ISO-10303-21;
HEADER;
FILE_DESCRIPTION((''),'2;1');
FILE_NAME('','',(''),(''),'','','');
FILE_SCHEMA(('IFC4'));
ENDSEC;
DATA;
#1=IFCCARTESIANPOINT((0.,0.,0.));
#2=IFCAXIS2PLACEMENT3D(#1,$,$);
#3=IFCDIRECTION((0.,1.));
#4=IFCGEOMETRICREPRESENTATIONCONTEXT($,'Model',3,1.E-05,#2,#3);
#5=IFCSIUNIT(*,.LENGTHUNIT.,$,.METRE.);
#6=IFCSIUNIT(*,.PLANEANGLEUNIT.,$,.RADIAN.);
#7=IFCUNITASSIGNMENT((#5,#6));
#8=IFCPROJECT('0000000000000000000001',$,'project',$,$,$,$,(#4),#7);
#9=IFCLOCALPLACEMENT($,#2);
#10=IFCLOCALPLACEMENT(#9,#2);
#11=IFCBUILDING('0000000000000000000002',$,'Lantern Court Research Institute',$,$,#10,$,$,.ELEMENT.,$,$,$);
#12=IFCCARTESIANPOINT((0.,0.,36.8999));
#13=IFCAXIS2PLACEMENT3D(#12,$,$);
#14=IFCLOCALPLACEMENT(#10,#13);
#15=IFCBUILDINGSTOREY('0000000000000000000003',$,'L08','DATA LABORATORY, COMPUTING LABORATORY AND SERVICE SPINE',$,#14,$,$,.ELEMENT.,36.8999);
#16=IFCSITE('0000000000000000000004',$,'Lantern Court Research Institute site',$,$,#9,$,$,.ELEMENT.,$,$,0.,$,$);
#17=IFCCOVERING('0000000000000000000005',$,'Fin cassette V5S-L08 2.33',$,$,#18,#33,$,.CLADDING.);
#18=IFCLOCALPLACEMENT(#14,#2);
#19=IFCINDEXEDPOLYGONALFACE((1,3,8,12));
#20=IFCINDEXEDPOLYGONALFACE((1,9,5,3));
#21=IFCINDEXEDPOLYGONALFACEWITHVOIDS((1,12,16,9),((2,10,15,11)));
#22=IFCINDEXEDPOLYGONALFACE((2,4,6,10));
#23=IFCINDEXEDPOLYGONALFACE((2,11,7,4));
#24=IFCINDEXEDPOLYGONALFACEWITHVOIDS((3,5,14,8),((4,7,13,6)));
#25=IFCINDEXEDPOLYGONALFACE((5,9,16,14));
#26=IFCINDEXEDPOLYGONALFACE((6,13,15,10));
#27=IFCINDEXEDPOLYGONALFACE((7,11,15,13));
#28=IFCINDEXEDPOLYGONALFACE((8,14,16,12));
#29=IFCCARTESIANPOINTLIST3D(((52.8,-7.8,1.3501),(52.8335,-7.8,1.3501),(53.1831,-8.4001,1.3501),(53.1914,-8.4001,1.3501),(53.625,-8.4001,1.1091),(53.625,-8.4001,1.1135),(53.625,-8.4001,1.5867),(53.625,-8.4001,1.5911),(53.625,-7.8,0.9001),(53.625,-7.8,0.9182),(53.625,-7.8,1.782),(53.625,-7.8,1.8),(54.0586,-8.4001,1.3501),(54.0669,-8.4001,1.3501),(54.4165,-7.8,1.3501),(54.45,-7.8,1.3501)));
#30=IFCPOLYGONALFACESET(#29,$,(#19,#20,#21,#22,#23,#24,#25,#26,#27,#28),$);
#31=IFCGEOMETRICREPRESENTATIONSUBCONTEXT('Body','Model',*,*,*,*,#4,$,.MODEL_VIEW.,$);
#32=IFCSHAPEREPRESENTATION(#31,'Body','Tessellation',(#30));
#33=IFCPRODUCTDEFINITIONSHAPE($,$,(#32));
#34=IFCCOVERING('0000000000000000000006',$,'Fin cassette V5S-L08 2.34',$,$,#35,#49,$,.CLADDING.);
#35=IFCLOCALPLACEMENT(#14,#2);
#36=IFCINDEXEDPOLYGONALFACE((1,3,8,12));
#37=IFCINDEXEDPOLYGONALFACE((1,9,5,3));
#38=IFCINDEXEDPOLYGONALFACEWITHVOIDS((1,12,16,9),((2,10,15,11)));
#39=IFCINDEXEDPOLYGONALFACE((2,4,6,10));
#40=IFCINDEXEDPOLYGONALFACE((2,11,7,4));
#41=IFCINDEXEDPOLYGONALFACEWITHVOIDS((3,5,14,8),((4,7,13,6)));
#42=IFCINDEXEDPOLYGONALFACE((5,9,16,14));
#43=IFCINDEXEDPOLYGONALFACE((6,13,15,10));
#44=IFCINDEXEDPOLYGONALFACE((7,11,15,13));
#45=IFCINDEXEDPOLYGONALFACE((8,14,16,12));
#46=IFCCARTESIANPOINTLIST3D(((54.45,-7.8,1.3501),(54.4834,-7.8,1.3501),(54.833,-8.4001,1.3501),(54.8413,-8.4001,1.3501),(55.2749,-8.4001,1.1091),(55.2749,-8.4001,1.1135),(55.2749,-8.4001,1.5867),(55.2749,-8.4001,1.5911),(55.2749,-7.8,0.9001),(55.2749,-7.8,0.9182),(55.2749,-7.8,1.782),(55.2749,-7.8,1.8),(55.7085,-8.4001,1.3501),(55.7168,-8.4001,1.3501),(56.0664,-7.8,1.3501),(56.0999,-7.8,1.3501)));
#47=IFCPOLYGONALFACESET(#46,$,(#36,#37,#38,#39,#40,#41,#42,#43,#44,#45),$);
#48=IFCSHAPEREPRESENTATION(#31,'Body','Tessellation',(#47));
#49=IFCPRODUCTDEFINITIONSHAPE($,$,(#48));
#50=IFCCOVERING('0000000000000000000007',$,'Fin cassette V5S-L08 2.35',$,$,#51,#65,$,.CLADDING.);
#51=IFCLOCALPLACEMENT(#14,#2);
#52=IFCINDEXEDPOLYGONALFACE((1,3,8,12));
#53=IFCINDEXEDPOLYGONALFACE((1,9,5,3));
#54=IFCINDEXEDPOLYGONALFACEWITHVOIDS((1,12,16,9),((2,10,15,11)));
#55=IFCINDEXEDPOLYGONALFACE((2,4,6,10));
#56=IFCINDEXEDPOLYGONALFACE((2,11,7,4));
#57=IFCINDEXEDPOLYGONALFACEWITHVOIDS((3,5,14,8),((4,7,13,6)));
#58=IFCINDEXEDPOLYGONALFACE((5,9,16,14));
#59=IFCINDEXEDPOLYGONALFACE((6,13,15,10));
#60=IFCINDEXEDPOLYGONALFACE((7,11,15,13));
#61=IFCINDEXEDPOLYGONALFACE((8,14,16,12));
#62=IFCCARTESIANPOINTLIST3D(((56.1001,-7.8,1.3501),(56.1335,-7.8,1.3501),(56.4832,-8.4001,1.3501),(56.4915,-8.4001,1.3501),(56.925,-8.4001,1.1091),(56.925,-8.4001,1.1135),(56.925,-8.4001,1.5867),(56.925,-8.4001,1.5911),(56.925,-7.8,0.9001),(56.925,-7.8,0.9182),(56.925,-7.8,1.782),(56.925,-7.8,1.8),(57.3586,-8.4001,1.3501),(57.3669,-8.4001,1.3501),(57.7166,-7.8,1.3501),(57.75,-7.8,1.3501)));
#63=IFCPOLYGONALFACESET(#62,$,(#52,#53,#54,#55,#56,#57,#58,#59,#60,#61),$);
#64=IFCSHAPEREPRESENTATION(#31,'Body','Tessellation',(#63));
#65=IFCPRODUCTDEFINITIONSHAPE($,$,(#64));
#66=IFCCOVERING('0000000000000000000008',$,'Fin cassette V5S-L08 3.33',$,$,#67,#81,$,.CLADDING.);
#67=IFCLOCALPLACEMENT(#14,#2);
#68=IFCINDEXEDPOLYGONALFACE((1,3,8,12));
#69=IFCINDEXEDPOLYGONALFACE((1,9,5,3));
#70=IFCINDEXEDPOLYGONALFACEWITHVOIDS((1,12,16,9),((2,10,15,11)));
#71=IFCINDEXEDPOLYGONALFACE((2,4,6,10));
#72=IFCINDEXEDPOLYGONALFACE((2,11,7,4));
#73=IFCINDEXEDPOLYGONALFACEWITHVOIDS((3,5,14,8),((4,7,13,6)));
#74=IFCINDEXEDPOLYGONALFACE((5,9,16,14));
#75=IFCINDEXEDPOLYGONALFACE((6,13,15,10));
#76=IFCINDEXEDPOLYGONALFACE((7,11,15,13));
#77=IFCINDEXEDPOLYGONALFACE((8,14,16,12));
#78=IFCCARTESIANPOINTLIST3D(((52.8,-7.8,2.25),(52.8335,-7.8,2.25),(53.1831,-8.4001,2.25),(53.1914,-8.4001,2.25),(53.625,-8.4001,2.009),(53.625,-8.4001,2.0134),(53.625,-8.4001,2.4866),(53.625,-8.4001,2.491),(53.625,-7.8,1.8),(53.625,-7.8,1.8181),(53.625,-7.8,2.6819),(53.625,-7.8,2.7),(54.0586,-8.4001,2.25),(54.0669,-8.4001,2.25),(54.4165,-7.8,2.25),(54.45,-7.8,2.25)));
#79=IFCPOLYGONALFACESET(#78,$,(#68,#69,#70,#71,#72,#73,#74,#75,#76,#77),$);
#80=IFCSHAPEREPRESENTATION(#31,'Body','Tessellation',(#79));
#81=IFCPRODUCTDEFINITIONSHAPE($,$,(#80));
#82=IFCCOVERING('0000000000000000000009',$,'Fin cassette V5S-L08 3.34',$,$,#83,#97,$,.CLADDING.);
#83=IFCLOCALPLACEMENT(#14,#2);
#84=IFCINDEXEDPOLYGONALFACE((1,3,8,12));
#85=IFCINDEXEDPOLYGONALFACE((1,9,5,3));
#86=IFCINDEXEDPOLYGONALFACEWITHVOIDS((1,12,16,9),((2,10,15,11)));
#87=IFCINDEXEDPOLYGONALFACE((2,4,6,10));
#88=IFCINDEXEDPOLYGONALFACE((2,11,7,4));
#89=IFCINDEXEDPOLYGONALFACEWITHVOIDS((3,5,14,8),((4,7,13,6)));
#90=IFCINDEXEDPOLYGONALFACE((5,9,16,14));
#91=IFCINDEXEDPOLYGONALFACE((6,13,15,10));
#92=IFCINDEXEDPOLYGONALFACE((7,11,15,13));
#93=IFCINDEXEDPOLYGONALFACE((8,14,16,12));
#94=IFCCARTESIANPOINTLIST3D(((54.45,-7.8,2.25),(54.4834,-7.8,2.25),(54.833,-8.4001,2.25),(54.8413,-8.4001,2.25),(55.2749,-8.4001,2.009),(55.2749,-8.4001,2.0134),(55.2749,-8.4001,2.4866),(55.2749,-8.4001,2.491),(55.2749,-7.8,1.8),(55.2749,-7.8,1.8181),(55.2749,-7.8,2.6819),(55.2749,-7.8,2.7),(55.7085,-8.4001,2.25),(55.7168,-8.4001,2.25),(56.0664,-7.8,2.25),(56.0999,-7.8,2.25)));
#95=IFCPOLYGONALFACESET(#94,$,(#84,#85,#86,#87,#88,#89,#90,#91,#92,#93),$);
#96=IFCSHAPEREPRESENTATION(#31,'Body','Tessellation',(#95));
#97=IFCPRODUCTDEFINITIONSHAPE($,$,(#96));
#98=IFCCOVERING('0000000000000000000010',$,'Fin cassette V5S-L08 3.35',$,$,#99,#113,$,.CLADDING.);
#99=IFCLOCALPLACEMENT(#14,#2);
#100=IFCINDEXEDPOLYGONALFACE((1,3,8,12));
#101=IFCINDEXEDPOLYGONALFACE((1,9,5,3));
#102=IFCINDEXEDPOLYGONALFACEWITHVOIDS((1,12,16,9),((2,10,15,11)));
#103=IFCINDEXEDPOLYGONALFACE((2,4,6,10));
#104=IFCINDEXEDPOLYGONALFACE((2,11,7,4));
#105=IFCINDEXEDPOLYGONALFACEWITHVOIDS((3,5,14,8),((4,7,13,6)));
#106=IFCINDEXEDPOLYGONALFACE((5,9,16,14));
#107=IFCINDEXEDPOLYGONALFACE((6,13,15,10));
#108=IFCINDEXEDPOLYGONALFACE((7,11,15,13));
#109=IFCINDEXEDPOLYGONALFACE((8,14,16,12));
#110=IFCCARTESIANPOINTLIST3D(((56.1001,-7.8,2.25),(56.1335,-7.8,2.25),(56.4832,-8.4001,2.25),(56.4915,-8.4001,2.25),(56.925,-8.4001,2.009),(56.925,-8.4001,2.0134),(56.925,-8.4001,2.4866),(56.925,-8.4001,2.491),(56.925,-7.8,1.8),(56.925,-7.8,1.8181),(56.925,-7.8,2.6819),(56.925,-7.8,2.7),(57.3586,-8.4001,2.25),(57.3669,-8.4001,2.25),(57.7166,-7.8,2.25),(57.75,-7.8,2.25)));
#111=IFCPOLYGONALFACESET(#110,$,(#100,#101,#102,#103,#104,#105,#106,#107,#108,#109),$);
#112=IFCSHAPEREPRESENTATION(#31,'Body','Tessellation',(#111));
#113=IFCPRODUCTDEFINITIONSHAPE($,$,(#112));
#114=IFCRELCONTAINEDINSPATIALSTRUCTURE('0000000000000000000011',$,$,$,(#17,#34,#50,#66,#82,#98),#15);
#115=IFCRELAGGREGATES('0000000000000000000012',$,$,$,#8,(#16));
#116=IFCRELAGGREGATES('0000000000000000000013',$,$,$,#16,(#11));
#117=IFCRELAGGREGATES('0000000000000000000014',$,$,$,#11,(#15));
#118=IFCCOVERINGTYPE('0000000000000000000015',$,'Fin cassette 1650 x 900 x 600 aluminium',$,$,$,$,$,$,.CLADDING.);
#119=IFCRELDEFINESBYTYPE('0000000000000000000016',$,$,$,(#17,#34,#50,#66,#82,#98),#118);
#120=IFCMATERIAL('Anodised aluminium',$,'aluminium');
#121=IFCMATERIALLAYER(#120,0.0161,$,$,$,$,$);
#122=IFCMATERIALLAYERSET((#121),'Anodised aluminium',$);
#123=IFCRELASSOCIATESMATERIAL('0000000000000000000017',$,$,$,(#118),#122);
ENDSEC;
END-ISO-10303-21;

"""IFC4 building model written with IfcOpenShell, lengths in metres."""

from ifc_helpers import new_model, entity, si_unit, direction, frame, origin, place, context, subcontext, project, spatial, material, layer, layer_set, type_object, element, save


model = new_model("IFC4")

# Units and contexts
model_context = context("Model", 3, precision=1e-05, world=origin(), true_north=direction((0.0, 1.0)))
body_context = subcontext(model_context, "Body", "Model", "MODEL_VIEW")
ifc_project = project(units=[si_unit("LENGTHUNIT", "METRE"), si_unit("PLANEANGLEUNIT", "RADIAN")], contexts=[model_context])

# Site, building, storey
site_placement = place(None, origin())
site = spatial("IfcSite", under=ifc_project, at=site_placement, Name="Lantern Court Research Institute site", CompositionType="ELEMENT", RefElevation=0.0)
building_placement = place(site_placement, origin())
building = spatial("IfcBuilding", under=site, at=building_placement, Name="Lantern Court Research Institute", CompositionType="ELEMENT")
storey_placement = place(building_placement, frame((0.0, 0.0, 36.8999)))
storey = spatial("IfcBuildingStorey", under=building, at=storey_placement, Name="L08", Description="DATA LABORATORY, COMPUTING LABORATORY AND SERVICE SPINE", CompositionType="ELEMENT", Elevation=36.8999)

# Coverings
ifc_material_1 = material(Name="Anodised aluminium", Category="aluminium")
ifc_layer_1 = layer(ifc_material_1, 0.0161)
ifc_layer_set_1 = layer_set([ifc_layer_1], Name="Anodised aluminium")
covering_type = type_object("IfcCoveringType", Name="Fin cassette 1650 x 900 x 600 aluminium", PredefinedType="CLADDING", material=ifc_layer_set_1)
covering_1_placement = place(storey_placement, frame((53.625, -7.8, 1.3501), z_axis=(0.0, -1.0, 0.0), x_axis=(1.0, 0.0, 0.0)))
cartesian_point_1 = entity("IfcCartesianPoint", [0.825, 0.0])
cartesian_point_2 = entity("IfcCartesianPoint", [0.7915, 0.0])
cartesian_point_3 = entity("IfcCartesianPoint", [0.4419, 0.0])
cartesian_point_4 = entity("IfcCartesianPoint", [0.4336, 0.0])
element("IfcCovering", 1, at=covering_1_placement, inside=storey, type_object=covering_type, Name="Fin cassette V5S-L08 2.33", PredefinedType="CLADDING", context=body_context, shape_type="SweptSolid", body=[
    entity("IfcExtrudedAreaSolidTapered", entity("IfcArbitraryProfileDefWithVoids", "AREA", None, entity("IfcPolyline", [cartesian_point_1, entity("IfcCartesianPoint", [0.0, 0.45]), entity("IfcCartesianPoint", [-0.825, 0.0]), entity("IfcCartesianPoint", [0.0, -0.45]), cartesian_point_1]), [entity("IfcPolyline", [cartesian_point_2, entity("IfcCartesianPoint", [0.0, 0.4319]), entity("IfcCartesianPoint", [-0.7915, 0.0]), entity("IfcCartesianPoint", [0.0, -0.4319]), cartesian_point_2])]), entity("IfcAxis2Placement3D", entity("IfcCartesianPoint", [0.0, 0.0, 0.0])), entity("IfcDirection", [0.0, 0.0, 1.0]), 0.6001, entity("IfcArbitraryProfileDefWithVoids", "AREA", None, entity("IfcPolyline", [cartesian_point_3, entity("IfcCartesianPoint", [0.0, 0.241]), entity("IfcCartesianPoint", [-0.4419, 0.0]), entity("IfcCartesianPoint", [0.0, -0.241]), cartesian_point_3]), [entity("IfcPolyline", [cartesian_point_4, entity("IfcCartesianPoint", [0.0, 0.2366]), entity("IfcCartesianPoint", [-0.4336, 0.0]), entity("IfcCartesianPoint", [0.0, -0.2366]), cartesian_point_4])])),
])
covering_2_placement = place(storey_placement, frame((55.2749, -7.8, 1.3501), z_axis=(0.0, -1.0, 0.0), x_axis=(1.0, 0.0, 0.0)))
cartesian_point_5 = entity("IfcCartesianPoint", [0.825, 0.0])
cartesian_point_6 = entity("IfcCartesianPoint", [0.7915, 0.0])
cartesian_point_7 = entity("IfcCartesianPoint", [0.4419, 0.0])
cartesian_point_8 = entity("IfcCartesianPoint", [0.4336, 0.0])
element("IfcCovering", 2, at=covering_2_placement, inside=storey, type_object=covering_type, Name="Fin cassette V5S-L08 2.34", PredefinedType="CLADDING", context=body_context, shape_type="SweptSolid", body=[
    entity("IfcExtrudedAreaSolidTapered", entity("IfcArbitraryProfileDefWithVoids", "AREA", None, entity("IfcPolyline", [cartesian_point_5, entity("IfcCartesianPoint", [0.0, 0.45]), entity("IfcCartesianPoint", [-0.825, 0.0]), entity("IfcCartesianPoint", [0.0, -0.45]), cartesian_point_5]), [entity("IfcPolyline", [cartesian_point_6, entity("IfcCartesianPoint", [0.0, 0.4319]), entity("IfcCartesianPoint", [-0.7915, 0.0]), entity("IfcCartesianPoint", [0.0, -0.4319]), cartesian_point_6])]), entity("IfcAxis2Placement3D", entity("IfcCartesianPoint", [0.0, 0.0, 0.0])), entity("IfcDirection", [0.0, 0.0, 1.0]), 0.6001, entity("IfcArbitraryProfileDefWithVoids", "AREA", None, entity("IfcPolyline", [cartesian_point_7, entity("IfcCartesianPoint", [0.0, 0.241]), entity("IfcCartesianPoint", [-0.4419, 0.0]), entity("IfcCartesianPoint", [0.0, -0.241]), cartesian_point_7]), [entity("IfcPolyline", [cartesian_point_8, entity("IfcCartesianPoint", [0.0, 0.2366]), entity("IfcCartesianPoint", [-0.4336, 0.0]), entity("IfcCartesianPoint", [0.0, -0.2366]), cartesian_point_8])])),
])
covering_3_placement = place(storey_placement, frame((56.925, -7.8, 1.3501), z_axis=(0.0, -1.0, 0.0), x_axis=(1.0, 0.0, 0.0)))
cartesian_point_9 = entity("IfcCartesianPoint", [0.825, 0.0])
cartesian_point_10 = entity("IfcCartesianPoint", [0.7915, 0.0])
cartesian_point_11 = entity("IfcCartesianPoint", [0.4419, 0.0])
cartesian_point_12 = entity("IfcCartesianPoint", [0.4336, 0.0])
element("IfcCovering", 3, at=covering_3_placement, inside=storey, type_object=covering_type, Name="Fin cassette V5S-L08 2.35", PredefinedType="CLADDING", context=body_context, shape_type="SweptSolid", body=[
    entity("IfcExtrudedAreaSolidTapered", entity("IfcArbitraryProfileDefWithVoids", "AREA", None, entity("IfcPolyline", [cartesian_point_9, entity("IfcCartesianPoint", [0.0, 0.45]), entity("IfcCartesianPoint", [-0.825, 0.0]), entity("IfcCartesianPoint", [0.0, -0.45]), cartesian_point_9]), [entity("IfcPolyline", [cartesian_point_10, entity("IfcCartesianPoint", [0.0, 0.4319]), entity("IfcCartesianPoint", [-0.7915, 0.0]), entity("IfcCartesianPoint", [0.0, -0.4319]), cartesian_point_10])]), entity("IfcAxis2Placement3D", entity("IfcCartesianPoint", [0.0, 0.0, 0.0])), entity("IfcDirection", [0.0, 0.0, 1.0]), 0.6001, entity("IfcArbitraryProfileDefWithVoids", "AREA", None, entity("IfcPolyline", [cartesian_point_11, entity("IfcCartesianPoint", [0.0, 0.241]), entity("IfcCartesianPoint", [-0.4419, 0.0]), entity("IfcCartesianPoint", [0.0, -0.241]), cartesian_point_11]), [entity("IfcPolyline", [cartesian_point_12, entity("IfcCartesianPoint", [0.0, 0.2366]), entity("IfcCartesianPoint", [-0.4336, 0.0]), entity("IfcCartesianPoint", [0.0, -0.2366]), cartesian_point_12])])),
])
covering_4_placement = place(storey_placement, frame((53.625, -7.8, 2.25), z_axis=(0.0, -1.0, 0.0), x_axis=(1.0, 0.0, 0.0)))
cartesian_point_13 = entity("IfcCartesianPoint", [0.825, 0.0])
cartesian_point_14 = entity("IfcCartesianPoint", [0.7915, 0.0])
cartesian_point_15 = entity("IfcCartesianPoint", [0.4419, 0.0])
cartesian_point_16 = entity("IfcCartesianPoint", [0.4336, 0.0])
element("IfcCovering", 4, at=covering_4_placement, inside=storey, type_object=covering_type, Name="Fin cassette V5S-L08 3.33", PredefinedType="CLADDING", context=body_context, shape_type="SweptSolid", body=[
    entity("IfcExtrudedAreaSolidTapered", entity("IfcArbitraryProfileDefWithVoids", "AREA", None, entity("IfcPolyline", [cartesian_point_13, entity("IfcCartesianPoint", [0.0, 0.45]), entity("IfcCartesianPoint", [-0.825, 0.0]), entity("IfcCartesianPoint", [0.0, -0.45]), cartesian_point_13]), [entity("IfcPolyline", [cartesian_point_14, entity("IfcCartesianPoint", [0.0, 0.4319]), entity("IfcCartesianPoint", [-0.7915, 0.0]), entity("IfcCartesianPoint", [0.0, -0.4319]), cartesian_point_14])]), entity("IfcAxis2Placement3D", entity("IfcCartesianPoint", [0.0, 0.0, 0.0])), entity("IfcDirection", [0.0, 0.0, 1.0]), 0.6001, entity("IfcArbitraryProfileDefWithVoids", "AREA", None, entity("IfcPolyline", [cartesian_point_15, entity("IfcCartesianPoint", [0.0, 0.241]), entity("IfcCartesianPoint", [-0.4419, 0.0]), entity("IfcCartesianPoint", [0.0, -0.241]), cartesian_point_15]), [entity("IfcPolyline", [cartesian_point_16, entity("IfcCartesianPoint", [0.0, 0.2366]), entity("IfcCartesianPoint", [-0.4336, 0.0]), entity("IfcCartesianPoint", [0.0, -0.2366]), cartesian_point_16])])),
])
covering_5_placement = place(storey_placement, frame((55.2749, -7.8, 2.25), z_axis=(0.0, -1.0, 0.0), x_axis=(1.0, 0.0, 0.0)))
cartesian_point_17 = entity("IfcCartesianPoint", [0.825, 0.0])
cartesian_point_18 = entity("IfcCartesianPoint", [0.7915, 0.0])
cartesian_point_19 = entity("IfcCartesianPoint", [0.4419, 0.0])
cartesian_point_20 = entity("IfcCartesianPoint", [0.4336, 0.0])
element("IfcCovering", 5, at=covering_5_placement, inside=storey, type_object=covering_type, Name="Fin cassette V5S-L08 3.34", PredefinedType="CLADDING", context=body_context, shape_type="SweptSolid", body=[
    entity("IfcExtrudedAreaSolidTapered", entity("IfcArbitraryProfileDefWithVoids", "AREA", None, entity("IfcPolyline", [cartesian_point_17, entity("IfcCartesianPoint", [0.0, 0.45]), entity("IfcCartesianPoint", [-0.825, 0.0]), entity("IfcCartesianPoint", [0.0, -0.45]), cartesian_point_17]), [entity("IfcPolyline", [cartesian_point_18, entity("IfcCartesianPoint", [0.0, 0.4319]), entity("IfcCartesianPoint", [-0.7915, 0.0]), entity("IfcCartesianPoint", [0.0, -0.4319]), cartesian_point_18])]), entity("IfcAxis2Placement3D", entity("IfcCartesianPoint", [0.0, 0.0, 0.0])), entity("IfcDirection", [0.0, 0.0, 1.0]), 0.6001, entity("IfcArbitraryProfileDefWithVoids", "AREA", None, entity("IfcPolyline", [cartesian_point_19, entity("IfcCartesianPoint", [0.0, 0.241]), entity("IfcCartesianPoint", [-0.4419, 0.0]), entity("IfcCartesianPoint", [0.0, -0.241]), cartesian_point_19]), [entity("IfcPolyline", [cartesian_point_20, entity("IfcCartesianPoint", [0.0, 0.2366]), entity("IfcCartesianPoint", [-0.4336, 0.0]), entity("IfcCartesianPoint", [0.0, -0.2366]), cartesian_point_20])])),
])
covering_6_placement = place(storey_placement, frame((56.925, -7.8, 2.25), z_axis=(0.0, -1.0, 0.0), x_axis=(1.0, 0.0, 0.0)))
cartesian_point_21 = entity("IfcCartesianPoint", [0.825, 0.0])
cartesian_point_22 = entity("IfcCartesianPoint", [0.7915, 0.0])
cartesian_point_23 = entity("IfcCartesianPoint", [0.4419, 0.0])
cartesian_point_24 = entity("IfcCartesianPoint", [0.4336, 0.0])
element("IfcCovering", 6, at=covering_6_placement, inside=storey, type_object=covering_type, Name="Fin cassette V5S-L08 3.35", PredefinedType="CLADDING", context=body_context, shape_type="SweptSolid", body=[
    entity("IfcExtrudedAreaSolidTapered", entity("IfcArbitraryProfileDefWithVoids", "AREA", None, entity("IfcPolyline", [cartesian_point_21, entity("IfcCartesianPoint", [0.0, 0.45]), entity("IfcCartesianPoint", [-0.825, 0.0]), entity("IfcCartesianPoint", [0.0, -0.45]), cartesian_point_21]), [entity("IfcPolyline", [cartesian_point_22, entity("IfcCartesianPoint", [0.0, 0.4319]), entity("IfcCartesianPoint", [-0.7915, 0.0]), entity("IfcCartesianPoint", [0.0, -0.4319]), cartesian_point_22])]), entity("IfcAxis2Placement3D", entity("IfcCartesianPoint", [0.0, 0.0, 0.0])), entity("IfcDirection", [0.0, 0.0, 1.0]), 0.6001, entity("IfcArbitraryProfileDefWithVoids", "AREA", None, entity("IfcPolyline", [cartesian_point_23, entity("IfcCartesianPoint", [0.0, 0.241]), entity("IfcCartesianPoint", [-0.4419, 0.0]), entity("IfcCartesianPoint", [0.0, -0.241]), cartesian_point_23]), [entity("IfcPolyline", [cartesian_point_24, entity("IfcCartesianPoint", [0.0, 0.2366]), entity("IfcCartesianPoint", [-0.4336, 0.0]), entity("IfcCartesianPoint", [0.0, -0.2366]), cartesian_point_24])])),
])

save(model, "model.ifc")
